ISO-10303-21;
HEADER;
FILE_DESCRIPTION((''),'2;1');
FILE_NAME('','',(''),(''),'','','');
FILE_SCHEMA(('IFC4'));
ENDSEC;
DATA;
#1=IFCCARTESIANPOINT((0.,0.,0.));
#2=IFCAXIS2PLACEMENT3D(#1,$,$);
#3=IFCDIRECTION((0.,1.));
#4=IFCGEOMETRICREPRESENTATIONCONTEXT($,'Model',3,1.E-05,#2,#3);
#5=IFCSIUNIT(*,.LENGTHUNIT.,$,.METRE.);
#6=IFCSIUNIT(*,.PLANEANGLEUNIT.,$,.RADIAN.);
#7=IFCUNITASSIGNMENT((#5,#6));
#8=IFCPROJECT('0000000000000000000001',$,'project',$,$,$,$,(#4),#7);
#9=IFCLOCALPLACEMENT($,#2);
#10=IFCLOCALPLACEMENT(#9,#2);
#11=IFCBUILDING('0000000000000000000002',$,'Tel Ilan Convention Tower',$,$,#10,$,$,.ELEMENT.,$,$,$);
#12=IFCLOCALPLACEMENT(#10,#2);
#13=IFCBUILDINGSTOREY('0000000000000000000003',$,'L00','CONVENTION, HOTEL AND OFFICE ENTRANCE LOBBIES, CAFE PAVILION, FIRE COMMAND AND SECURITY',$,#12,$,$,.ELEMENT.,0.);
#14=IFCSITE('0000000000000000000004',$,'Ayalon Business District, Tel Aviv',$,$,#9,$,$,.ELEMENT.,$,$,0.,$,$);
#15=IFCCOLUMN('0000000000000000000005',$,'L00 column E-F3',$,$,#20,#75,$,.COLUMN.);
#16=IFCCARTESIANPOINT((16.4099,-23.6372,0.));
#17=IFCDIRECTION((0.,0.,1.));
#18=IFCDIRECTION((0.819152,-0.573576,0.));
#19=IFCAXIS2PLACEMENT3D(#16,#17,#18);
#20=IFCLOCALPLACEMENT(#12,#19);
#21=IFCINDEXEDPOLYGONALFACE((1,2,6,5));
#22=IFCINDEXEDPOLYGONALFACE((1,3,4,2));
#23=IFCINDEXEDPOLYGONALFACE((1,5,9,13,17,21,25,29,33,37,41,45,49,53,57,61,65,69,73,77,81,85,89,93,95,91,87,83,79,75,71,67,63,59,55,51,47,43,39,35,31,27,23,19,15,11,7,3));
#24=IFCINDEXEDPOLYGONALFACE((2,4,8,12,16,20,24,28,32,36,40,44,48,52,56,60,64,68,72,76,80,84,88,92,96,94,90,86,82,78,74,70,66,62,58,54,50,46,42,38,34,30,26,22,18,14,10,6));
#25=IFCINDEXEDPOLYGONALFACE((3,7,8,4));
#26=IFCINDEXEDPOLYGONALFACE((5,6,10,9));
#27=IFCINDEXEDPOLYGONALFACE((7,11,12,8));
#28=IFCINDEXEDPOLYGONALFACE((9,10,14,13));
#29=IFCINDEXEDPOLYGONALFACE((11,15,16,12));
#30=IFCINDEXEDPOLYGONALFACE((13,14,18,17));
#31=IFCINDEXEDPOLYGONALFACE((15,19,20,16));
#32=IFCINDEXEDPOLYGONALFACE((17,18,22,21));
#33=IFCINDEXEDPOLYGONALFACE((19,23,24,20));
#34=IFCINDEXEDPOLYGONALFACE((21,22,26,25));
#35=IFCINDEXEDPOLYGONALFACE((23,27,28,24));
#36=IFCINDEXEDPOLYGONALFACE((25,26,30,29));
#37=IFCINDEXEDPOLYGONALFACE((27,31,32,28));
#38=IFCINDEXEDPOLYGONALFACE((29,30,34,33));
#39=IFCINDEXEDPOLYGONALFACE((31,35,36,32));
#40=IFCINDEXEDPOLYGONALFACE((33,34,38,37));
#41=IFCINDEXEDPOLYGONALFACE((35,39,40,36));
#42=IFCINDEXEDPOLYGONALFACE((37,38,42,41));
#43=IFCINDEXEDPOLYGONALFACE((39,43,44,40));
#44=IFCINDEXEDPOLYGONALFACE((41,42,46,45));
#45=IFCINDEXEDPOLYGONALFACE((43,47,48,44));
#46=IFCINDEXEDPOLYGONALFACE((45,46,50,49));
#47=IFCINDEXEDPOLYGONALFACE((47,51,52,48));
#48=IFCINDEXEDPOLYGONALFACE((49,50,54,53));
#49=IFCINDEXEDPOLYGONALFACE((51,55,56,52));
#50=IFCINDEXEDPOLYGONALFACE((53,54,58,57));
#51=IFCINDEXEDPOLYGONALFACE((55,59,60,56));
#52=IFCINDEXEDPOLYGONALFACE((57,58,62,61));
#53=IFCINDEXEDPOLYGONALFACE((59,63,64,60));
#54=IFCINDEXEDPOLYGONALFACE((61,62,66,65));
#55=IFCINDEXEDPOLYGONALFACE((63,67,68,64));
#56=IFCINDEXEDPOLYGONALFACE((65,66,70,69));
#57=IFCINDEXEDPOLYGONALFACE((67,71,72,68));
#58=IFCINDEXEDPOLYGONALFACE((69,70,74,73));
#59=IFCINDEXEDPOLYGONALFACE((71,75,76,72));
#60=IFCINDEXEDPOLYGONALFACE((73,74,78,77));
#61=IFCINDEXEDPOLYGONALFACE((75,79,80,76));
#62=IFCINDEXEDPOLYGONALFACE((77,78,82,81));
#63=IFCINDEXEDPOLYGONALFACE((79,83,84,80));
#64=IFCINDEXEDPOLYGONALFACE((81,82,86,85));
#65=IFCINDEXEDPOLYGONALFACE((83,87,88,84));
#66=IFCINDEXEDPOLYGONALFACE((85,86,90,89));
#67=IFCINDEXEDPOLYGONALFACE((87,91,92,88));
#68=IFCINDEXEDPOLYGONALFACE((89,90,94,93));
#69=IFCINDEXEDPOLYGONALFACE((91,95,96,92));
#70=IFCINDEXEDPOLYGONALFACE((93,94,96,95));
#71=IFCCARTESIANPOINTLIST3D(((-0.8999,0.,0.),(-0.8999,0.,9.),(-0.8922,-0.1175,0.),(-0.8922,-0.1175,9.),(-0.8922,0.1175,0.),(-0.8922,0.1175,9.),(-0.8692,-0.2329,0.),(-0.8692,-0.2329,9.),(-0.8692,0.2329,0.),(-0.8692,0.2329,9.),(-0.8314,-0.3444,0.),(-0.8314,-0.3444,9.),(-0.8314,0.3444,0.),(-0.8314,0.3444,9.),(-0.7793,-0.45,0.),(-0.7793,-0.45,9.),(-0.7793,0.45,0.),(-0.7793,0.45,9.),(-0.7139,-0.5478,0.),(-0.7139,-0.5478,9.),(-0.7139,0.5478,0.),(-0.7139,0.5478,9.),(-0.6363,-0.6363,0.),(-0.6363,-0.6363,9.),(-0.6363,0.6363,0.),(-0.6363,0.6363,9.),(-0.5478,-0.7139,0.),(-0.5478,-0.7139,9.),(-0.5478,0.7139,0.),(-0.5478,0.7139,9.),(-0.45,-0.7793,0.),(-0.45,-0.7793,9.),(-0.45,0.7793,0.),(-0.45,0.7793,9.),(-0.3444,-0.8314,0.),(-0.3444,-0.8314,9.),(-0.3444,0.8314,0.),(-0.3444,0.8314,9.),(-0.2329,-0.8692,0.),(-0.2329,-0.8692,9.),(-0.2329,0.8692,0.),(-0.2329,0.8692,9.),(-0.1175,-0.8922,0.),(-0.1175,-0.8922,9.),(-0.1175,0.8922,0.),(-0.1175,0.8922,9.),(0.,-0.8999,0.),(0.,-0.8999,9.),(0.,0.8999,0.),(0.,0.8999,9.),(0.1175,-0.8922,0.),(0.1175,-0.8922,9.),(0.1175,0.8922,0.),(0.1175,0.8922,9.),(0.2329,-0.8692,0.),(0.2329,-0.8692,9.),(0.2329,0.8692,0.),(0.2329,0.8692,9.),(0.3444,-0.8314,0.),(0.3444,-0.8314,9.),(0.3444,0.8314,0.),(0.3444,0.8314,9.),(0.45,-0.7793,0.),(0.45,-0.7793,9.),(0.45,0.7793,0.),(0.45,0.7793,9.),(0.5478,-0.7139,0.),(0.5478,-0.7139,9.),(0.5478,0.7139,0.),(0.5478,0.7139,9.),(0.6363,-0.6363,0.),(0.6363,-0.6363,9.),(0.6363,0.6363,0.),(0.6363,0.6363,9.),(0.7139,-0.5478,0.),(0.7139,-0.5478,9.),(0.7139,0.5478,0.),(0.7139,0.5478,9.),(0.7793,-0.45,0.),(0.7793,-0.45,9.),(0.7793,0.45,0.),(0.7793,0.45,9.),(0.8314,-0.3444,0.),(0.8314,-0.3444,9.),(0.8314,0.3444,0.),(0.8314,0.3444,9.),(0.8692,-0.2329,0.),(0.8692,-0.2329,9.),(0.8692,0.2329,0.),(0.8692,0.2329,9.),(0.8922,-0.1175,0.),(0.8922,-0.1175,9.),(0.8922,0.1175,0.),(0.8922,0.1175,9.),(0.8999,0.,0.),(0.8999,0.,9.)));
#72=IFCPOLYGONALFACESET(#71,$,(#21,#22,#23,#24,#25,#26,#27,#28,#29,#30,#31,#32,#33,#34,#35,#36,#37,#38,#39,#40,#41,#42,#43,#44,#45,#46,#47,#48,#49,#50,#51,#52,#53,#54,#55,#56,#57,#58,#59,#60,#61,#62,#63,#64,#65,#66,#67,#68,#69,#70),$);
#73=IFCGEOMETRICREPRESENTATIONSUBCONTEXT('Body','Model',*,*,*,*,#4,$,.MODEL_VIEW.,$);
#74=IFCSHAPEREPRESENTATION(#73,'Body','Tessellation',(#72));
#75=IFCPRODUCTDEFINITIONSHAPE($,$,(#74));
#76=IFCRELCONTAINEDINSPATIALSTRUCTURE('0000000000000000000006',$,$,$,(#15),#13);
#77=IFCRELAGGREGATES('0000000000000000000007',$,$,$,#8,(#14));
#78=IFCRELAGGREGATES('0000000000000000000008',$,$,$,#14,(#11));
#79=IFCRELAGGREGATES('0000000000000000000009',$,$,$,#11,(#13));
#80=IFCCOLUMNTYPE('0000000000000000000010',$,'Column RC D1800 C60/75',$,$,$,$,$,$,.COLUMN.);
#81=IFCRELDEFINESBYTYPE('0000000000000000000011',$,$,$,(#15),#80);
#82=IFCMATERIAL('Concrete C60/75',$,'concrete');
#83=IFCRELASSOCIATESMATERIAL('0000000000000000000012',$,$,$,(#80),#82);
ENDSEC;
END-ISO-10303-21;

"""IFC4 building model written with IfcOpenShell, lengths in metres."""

from ifc_helpers import new_model, si_unit, direction, frame, origin, origin_2d, place, context, subcontext, project, spatial, circle, extrude, material, material_profile, profile_set, type_object, element, save


model = new_model("IFC4")

# Units and contexts
model_context = context("Model", 3, precision=1e-05, world=origin(), true_north=direction((0.0, 1.0)))
body_context = subcontext(model_context, "Body", "Model", "MODEL_VIEW")
ifc_project = project(units=[si_unit("LENGTHUNIT", "METRE"), si_unit("PLANEANGLEUNIT", "RADIAN")], contexts=[model_context])

# Site, building, storey
site_placement = place(None, origin())
site = spatial("IfcSite", under=ifc_project, at=site_placement, Name="Ayalon Business District, Tel Aviv", CompositionType="ELEMENT", RefElevation=0.0)
building_placement = place(site_placement, origin())
building = spatial("IfcBuilding", under=site, at=building_placement, Name="Tel Ilan Convention Tower", CompositionType="ELEMENT")
storey_placement = place(building_placement, origin())
storey = spatial("IfcBuildingStorey", under=building, at=storey_placement, Name="L00", Description="CONVENTION, HOTEL AND OFFICE ENTRANCE LOBBIES, CAFE PAVILION, FIRE COMMAND AND SECURITY", CompositionType="ELEMENT", Elevation=0.0)

# Column
ifc_material_1 = material(Name="Concrete C60/75", Category="concrete")
ifc_material_profile_1 = material_profile(ifc_material_1, circle(Radius=0.8999, at=origin_2d()), Name="RC D1800")
ifc_profile_set_1 = profile_set([ifc_material_profile_1], Name="Concrete C60/75")
column_type = type_object("IfcColumnType", Name="Column RC D1800 C60/75", PredefinedType="COLUMN", material=ifc_profile_set_1)
column_placement = place(storey_placement, frame((16.4099, -23.6372, 0.0), z_axis=(0.0, 0.0, 1.0), x_axis=(0.819152, -0.573576, 0.0)))
element("IfcColumn", 1, at=column_placement, inside=storey, type_object=column_type, Name="L00 column E-F3", PredefinedType="COLUMN", context=body_context, shape_type="SweptSolid", body=[
    extrude(circle(Radius=0.8999, at=origin_2d()), origin(), (0.0, 0.0, 1.0), 9.0),
])

save(model, "model.ifc")
